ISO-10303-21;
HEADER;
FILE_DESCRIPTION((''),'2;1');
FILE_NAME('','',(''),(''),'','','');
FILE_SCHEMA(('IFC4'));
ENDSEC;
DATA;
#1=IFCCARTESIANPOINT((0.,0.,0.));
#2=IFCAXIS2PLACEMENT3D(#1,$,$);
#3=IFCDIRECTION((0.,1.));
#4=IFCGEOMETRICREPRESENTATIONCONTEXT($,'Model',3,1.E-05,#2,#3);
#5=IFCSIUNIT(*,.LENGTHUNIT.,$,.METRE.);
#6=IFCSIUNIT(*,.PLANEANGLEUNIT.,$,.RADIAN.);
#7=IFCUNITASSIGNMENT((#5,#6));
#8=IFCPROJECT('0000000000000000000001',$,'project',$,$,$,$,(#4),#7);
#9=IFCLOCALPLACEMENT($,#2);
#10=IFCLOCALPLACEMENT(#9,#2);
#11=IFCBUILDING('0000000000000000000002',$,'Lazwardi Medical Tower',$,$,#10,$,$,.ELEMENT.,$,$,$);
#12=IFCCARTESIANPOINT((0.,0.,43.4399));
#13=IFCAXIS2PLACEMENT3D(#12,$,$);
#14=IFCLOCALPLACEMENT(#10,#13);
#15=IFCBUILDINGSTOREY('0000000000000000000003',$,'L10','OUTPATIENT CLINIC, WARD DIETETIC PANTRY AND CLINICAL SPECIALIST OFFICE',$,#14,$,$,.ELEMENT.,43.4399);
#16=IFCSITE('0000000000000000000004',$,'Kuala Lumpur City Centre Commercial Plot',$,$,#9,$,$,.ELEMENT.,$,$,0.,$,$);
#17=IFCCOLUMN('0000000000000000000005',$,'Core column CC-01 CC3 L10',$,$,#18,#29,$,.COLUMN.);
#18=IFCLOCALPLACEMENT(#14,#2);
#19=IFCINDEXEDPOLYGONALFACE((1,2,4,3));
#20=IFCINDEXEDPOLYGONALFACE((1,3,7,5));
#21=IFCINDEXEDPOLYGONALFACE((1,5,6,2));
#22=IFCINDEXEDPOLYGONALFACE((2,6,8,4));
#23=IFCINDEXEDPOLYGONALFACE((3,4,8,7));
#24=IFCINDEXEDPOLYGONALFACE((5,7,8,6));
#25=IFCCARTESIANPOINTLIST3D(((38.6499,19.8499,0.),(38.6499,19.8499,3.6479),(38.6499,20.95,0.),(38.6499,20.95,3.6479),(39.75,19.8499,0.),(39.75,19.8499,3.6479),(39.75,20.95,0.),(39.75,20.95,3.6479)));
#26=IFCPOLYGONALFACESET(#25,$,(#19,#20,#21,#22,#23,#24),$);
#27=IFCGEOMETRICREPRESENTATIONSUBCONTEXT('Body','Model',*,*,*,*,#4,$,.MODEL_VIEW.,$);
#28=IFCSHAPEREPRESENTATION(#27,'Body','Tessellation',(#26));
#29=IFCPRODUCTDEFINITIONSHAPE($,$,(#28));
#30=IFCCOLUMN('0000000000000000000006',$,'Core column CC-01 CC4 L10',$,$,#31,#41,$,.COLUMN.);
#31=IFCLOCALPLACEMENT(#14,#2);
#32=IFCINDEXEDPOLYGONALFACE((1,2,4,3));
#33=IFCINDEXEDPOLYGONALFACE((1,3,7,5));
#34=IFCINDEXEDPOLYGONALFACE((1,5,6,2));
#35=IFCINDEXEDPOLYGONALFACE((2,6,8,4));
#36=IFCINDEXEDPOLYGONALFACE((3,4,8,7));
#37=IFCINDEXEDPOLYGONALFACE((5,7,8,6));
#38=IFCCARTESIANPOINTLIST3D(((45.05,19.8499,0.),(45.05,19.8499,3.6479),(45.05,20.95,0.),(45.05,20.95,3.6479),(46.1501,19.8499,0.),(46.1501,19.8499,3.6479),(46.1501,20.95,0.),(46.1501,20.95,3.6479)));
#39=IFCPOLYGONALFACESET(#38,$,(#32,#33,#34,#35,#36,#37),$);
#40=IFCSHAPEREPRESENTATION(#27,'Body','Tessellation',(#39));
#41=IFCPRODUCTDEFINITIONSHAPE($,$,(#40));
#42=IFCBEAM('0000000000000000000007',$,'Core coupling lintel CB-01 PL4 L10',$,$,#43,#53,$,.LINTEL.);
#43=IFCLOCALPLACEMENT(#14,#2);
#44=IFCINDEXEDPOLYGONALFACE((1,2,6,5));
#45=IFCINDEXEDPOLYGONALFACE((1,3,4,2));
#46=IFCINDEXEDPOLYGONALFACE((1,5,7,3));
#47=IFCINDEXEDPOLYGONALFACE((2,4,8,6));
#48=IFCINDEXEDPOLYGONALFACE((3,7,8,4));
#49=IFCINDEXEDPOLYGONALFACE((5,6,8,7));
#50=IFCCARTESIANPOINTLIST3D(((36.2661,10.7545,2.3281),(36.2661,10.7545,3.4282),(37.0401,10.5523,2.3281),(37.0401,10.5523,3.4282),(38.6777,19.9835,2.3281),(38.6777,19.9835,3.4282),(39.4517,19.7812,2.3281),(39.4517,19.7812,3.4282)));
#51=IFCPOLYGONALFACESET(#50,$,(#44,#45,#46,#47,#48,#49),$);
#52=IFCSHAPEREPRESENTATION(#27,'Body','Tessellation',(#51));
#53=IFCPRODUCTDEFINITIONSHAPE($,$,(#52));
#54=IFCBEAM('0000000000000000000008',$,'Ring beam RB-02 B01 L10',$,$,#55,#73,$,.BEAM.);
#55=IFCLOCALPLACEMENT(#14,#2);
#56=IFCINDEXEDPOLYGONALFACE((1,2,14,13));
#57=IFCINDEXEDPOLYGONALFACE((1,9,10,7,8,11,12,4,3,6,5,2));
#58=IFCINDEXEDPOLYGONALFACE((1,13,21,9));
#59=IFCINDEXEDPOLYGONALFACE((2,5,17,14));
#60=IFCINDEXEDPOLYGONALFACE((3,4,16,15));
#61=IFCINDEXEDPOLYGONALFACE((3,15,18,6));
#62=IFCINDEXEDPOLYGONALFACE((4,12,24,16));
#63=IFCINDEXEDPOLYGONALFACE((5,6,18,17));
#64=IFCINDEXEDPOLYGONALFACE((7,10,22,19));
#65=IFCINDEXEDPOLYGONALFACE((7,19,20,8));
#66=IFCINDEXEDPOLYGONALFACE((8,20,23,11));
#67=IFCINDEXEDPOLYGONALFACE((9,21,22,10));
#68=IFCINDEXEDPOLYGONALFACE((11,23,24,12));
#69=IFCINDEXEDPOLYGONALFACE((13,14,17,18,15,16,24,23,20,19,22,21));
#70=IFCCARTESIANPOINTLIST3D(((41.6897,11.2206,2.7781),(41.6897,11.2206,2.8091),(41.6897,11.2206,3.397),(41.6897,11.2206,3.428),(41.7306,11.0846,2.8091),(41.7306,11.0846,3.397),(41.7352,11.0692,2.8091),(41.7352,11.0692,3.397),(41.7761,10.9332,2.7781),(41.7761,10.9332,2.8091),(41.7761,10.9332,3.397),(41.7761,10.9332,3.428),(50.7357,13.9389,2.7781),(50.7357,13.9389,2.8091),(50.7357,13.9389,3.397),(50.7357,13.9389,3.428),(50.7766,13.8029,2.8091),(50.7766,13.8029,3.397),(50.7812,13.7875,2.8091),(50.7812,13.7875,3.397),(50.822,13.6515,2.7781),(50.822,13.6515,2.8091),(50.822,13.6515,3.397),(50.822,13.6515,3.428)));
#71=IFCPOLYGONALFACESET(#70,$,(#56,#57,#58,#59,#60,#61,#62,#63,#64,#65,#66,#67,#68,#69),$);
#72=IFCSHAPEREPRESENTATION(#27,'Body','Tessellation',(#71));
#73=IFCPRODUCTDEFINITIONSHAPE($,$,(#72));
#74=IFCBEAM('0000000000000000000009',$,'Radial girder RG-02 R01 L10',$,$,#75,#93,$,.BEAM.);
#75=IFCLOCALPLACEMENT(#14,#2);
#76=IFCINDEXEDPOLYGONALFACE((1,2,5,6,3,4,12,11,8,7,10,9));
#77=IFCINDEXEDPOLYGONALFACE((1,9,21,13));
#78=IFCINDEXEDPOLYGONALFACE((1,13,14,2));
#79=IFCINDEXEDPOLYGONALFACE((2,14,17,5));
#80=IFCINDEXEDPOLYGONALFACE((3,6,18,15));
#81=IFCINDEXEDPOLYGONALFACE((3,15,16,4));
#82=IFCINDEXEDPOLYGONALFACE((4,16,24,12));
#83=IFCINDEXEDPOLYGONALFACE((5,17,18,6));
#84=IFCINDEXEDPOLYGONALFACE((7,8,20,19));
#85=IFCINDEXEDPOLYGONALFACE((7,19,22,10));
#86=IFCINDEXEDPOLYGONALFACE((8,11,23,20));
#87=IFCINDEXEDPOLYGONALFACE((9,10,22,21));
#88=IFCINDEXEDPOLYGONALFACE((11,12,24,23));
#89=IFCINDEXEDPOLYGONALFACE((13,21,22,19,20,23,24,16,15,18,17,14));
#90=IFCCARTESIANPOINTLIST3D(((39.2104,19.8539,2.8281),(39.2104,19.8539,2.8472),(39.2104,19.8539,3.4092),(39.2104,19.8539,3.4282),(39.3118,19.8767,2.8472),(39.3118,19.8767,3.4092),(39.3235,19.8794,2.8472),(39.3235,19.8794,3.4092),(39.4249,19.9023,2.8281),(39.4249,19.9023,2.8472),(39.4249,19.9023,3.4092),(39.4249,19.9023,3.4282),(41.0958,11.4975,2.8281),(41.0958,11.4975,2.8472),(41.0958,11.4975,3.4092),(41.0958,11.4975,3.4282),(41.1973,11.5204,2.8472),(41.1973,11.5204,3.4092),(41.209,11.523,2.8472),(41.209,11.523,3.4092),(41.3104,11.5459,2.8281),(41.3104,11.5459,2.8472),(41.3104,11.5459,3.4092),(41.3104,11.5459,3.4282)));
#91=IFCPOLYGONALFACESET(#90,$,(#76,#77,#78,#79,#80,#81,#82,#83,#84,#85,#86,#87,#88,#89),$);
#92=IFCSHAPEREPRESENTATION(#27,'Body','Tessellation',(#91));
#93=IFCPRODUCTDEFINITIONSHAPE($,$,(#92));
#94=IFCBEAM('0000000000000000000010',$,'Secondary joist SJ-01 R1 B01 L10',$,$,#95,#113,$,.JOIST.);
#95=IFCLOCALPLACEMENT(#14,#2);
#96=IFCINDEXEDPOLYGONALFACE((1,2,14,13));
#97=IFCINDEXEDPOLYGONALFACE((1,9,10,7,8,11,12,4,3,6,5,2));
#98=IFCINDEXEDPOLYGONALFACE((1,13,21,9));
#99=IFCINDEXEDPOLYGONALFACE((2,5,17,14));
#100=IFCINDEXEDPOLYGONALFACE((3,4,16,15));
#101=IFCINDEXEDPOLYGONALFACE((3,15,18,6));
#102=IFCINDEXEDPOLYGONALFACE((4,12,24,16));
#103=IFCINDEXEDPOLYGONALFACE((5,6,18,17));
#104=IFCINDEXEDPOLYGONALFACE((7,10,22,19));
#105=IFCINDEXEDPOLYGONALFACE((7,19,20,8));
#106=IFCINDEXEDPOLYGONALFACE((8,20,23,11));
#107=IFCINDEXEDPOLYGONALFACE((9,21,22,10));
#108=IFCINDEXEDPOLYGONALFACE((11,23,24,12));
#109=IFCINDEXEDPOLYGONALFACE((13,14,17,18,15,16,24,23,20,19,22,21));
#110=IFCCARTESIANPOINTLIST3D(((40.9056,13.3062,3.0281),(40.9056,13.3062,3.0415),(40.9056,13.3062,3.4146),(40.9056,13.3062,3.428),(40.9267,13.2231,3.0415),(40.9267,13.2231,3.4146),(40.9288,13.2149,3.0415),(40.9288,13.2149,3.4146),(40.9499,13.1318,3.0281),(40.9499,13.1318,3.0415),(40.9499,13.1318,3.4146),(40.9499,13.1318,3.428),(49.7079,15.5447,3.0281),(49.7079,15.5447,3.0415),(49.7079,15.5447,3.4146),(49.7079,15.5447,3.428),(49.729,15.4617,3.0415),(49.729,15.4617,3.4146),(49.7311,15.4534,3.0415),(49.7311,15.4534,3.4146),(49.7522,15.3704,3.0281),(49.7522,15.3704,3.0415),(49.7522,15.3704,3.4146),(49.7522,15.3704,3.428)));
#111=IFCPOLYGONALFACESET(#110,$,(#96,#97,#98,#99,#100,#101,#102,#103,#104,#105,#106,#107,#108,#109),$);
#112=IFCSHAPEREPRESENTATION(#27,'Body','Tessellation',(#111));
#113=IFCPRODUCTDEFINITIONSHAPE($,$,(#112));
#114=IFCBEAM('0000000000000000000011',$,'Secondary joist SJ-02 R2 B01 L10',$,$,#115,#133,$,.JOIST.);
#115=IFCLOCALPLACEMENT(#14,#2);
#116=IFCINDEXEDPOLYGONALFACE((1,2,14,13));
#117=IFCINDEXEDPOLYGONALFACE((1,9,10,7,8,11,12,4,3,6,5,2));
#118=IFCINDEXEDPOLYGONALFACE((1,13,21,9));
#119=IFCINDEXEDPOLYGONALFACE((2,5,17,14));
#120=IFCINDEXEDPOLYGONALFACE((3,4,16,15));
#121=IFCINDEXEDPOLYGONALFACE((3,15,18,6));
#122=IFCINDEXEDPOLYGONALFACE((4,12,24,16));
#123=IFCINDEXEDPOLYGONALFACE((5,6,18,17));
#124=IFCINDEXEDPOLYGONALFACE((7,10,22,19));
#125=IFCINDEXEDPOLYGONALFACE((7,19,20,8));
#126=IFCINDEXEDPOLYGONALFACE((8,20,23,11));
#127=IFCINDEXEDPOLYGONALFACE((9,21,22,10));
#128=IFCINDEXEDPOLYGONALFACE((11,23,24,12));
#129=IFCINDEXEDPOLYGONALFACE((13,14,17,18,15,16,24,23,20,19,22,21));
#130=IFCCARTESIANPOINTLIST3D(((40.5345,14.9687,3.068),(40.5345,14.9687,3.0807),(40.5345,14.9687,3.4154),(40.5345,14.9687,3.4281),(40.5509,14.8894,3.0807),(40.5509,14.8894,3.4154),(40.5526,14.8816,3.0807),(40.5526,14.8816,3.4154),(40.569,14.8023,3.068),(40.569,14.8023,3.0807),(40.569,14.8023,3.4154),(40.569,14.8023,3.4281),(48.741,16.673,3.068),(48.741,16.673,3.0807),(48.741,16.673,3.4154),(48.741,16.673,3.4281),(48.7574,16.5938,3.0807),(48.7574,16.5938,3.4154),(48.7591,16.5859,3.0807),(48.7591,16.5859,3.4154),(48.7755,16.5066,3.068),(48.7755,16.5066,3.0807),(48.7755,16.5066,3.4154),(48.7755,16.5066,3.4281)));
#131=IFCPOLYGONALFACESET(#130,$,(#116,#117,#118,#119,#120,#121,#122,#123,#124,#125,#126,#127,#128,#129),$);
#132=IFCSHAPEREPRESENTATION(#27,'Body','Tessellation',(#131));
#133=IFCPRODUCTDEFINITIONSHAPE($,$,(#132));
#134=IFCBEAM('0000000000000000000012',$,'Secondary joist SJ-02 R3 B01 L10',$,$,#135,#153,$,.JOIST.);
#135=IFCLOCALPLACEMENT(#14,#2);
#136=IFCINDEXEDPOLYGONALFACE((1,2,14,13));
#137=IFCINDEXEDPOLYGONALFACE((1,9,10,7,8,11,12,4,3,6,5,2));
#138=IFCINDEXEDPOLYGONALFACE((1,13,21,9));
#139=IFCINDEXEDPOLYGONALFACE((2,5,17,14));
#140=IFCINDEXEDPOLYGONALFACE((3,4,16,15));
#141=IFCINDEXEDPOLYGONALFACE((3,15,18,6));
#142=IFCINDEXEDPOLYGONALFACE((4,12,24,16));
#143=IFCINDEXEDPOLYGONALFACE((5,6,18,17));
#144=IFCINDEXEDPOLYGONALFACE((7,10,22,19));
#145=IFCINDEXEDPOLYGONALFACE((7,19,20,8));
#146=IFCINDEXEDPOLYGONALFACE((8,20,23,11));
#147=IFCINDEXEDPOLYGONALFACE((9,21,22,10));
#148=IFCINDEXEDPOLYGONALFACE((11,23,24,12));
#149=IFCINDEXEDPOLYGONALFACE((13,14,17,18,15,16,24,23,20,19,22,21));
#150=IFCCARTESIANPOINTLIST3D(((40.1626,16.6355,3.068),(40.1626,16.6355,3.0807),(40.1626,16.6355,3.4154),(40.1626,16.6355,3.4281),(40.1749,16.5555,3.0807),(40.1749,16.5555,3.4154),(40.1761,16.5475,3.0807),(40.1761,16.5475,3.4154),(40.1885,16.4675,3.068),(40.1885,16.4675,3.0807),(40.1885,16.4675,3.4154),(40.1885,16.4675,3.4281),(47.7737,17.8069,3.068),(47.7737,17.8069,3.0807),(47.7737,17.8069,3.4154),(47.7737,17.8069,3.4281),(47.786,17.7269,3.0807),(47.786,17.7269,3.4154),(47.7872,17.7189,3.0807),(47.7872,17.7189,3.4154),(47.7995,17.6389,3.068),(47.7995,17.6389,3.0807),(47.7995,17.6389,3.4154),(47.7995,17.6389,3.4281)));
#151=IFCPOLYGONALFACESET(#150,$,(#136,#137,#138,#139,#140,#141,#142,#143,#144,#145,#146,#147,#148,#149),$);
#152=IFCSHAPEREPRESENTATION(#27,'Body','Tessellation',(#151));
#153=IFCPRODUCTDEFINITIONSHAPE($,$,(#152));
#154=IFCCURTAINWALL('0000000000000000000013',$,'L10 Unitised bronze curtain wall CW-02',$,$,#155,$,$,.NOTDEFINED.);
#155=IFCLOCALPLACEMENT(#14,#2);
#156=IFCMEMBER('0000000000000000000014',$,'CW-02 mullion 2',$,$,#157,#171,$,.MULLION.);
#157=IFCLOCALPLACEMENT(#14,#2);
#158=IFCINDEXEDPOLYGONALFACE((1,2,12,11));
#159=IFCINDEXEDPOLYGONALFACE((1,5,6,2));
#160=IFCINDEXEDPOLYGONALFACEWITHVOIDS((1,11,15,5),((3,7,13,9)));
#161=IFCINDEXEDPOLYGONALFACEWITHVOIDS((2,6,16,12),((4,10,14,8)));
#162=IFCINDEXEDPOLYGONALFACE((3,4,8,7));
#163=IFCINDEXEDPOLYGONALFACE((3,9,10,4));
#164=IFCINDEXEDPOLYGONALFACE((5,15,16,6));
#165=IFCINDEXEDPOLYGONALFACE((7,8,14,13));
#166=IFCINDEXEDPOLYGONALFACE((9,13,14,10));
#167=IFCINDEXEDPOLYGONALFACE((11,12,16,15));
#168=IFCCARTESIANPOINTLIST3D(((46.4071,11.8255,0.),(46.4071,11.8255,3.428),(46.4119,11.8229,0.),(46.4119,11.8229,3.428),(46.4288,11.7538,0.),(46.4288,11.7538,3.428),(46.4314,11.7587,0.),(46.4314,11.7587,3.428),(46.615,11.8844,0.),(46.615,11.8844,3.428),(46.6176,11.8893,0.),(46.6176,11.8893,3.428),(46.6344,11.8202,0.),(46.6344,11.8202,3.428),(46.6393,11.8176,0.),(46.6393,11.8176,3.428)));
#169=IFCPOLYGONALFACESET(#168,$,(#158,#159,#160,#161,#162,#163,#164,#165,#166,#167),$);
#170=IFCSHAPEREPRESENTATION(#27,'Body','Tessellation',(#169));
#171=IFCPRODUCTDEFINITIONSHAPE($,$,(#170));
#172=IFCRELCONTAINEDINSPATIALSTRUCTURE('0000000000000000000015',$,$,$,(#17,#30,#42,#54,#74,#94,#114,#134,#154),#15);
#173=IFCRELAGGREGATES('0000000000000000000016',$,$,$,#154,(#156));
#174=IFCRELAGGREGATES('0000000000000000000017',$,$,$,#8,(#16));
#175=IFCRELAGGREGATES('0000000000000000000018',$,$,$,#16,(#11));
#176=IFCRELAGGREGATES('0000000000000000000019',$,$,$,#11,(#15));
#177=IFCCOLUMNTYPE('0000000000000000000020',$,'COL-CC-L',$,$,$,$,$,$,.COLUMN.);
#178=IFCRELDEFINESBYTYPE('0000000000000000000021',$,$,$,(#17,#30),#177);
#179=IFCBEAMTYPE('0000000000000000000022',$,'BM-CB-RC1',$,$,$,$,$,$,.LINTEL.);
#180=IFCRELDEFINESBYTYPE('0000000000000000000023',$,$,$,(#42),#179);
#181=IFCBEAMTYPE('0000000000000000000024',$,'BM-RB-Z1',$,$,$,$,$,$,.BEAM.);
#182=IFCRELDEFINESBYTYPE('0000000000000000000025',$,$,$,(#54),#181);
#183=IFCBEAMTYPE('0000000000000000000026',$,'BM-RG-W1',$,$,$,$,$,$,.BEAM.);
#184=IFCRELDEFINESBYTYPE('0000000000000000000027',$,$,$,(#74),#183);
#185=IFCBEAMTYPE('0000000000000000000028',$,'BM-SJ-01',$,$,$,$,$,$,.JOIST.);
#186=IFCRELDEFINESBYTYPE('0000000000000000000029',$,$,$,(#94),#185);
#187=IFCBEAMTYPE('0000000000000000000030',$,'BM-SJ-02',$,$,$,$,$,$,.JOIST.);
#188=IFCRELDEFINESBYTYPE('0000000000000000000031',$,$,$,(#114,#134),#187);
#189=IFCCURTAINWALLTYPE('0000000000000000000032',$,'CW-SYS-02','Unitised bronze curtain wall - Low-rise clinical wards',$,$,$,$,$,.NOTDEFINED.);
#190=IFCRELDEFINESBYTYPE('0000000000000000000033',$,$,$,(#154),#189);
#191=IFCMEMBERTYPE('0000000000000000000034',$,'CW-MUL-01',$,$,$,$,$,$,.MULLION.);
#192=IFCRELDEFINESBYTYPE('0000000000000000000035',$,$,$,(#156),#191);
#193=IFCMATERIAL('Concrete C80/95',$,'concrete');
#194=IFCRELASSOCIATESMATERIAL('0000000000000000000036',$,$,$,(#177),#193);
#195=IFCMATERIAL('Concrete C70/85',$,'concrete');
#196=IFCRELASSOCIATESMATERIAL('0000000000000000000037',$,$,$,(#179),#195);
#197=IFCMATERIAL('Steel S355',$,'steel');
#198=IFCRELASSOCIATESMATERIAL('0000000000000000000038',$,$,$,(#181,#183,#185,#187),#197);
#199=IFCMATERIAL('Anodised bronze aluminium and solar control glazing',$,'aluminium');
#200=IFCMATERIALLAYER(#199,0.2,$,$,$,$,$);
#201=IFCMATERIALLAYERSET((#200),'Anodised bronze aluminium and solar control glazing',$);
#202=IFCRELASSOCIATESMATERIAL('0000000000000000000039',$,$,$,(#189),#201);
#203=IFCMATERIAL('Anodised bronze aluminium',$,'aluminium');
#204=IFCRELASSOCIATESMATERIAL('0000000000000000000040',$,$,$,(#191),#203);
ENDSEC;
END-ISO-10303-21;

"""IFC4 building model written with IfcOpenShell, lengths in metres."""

from ifc_helpers import new_model, si_unit, direction, frame, origin, origin_2d, place, context, subcontext, project, spatial, rectangle, hollow_rectangle, i_section, extrude, material, layer, layer_set, material_profile, profile_set, type_object, element, aggregate, save


model = new_model("IFC4")

# Units and contexts
model_context = context("Model", 3, precision=1e-05, world=origin(), true_north=direction((0.0, 1.0)))
body_context = subcontext(model_context, "Body", "Model", "MODEL_VIEW")
ifc_project = project(units=[si_unit("LENGTHUNIT", "METRE"), si_unit("PLANEANGLEUNIT", "RADIAN")], contexts=[model_context])

# Site, building, storey
site_placement = place(None, origin())
site = spatial("IfcSite", under=ifc_project, at=site_placement, Name="Kuala Lumpur City Centre Commercial Plot", CompositionType="ELEMENT", RefElevation=0.0)
building_placement = place(site_placement, origin())
building = spatial("IfcBuilding", under=site, at=building_placement, Name="Lazwardi Medical Tower", CompositionType="ELEMENT")
storey_placement = place(building_placement, frame((0.0, 0.0, 43.4399)))
storey = spatial("IfcBuildingStorey", under=building, at=storey_placement, Name="L10", Description="OUTPATIENT CLINIC, WARD DIETETIC PANTRY AND CLINICAL SPECIALIST OFFICE", CompositionType="ELEMENT", Elevation=43.4399)

# Columns
ifc_material_1 = material(Name="Concrete C80/95", Category="concrete")
ifc_material_profile_1 = material_profile(ifc_material_1, rectangle(XDim=1.1001, YDim=1.1001, at=origin_2d()), Name="RC 1100x1100")
ifc_profile_set_1 = profile_set([ifc_material_profile_1], Name="Concrete C80/95")
column_type = type_object("IfcColumnType", Name="COL-CC-L", PredefinedType="COLUMN", material=ifc_profile_set_1)
for number, where, z_axis, x_axis, name in (
    (1, (39.2, 20.3999, 0.0), (0.0, 0.0, 1.0), (1.0, 0.0, 0.0), "Core column CC-01 CC3 L10"),
    (2, (45.6001, 20.3999, 0.0), (0.0, 0.0, 1.0), (1.0, 0.0, 0.0), "Core column CC-01 CC4 L10"),
):
    element("IfcColumn", number, at=place(storey_placement, frame(where, z_axis=z_axis, x_axis=x_axis)), inside=storey, type_object=column_type, Name=name, PredefinedType="COLUMN", context=body_context, shape_type="SweptSolid", body=[
        extrude(rectangle(XDim=1.1001, YDim=1.1001, at=origin_2d()), origin(), (0.0, 0.0, 1.0), 3.6479),
    ])

# Beams
ifc_material_2 = material(Name="Concrete C70/85", Category="concrete")
ifc_material_profile_2 = material_profile(ifc_material_2, rectangle(XDim=0.8, YDim=1.1001, at=origin_2d()), Name="RC 800x1100")
ifc_profile_set_2 = profile_set([ifc_material_profile_2], Name="Concrete C70/85")
beam_type_1 = type_object("IfcBeamType", Name="BM-CB-RC1", PredefinedType="LINTEL", material=ifc_profile_set_2)
beam_1_placement = place(storey_placement, frame((39.0647, 19.8823, 2.8782), z_axis=(-0.25282, -0.967513, 0.0), x_axis=(0.967513, -0.25282, 0.0)))
element("IfcBeam", 3, at=beam_1_placement, inside=storey, type_object=beam_type_1, Name="Core coupling lintel CB-01 PL4 L10", PredefinedType="LINTEL", context=body_context, shape_type="SweptSolid", body=[
    extrude(rectangle(XDim=0.8, YDim=1.1001, at=origin_2d()), origin(), (0.0, 0.0, 1.0), 9.5388),
])
ifc_material_3 = material(Name="Steel S355", Category="steel")
ifc_material_profile_3 = material_profile(ifc_material_3, i_section(OverallWidth=0.3, OverallDepth=0.6499, WebThickness=0.0161, FlangeThickness=0.031, at=origin_2d()), Name="HEB 650")
ifc_profile_set_3 = profile_set([ifc_material_profile_3], Name="Steel S355")
beam_type_2 = type_object("IfcBeamType", Name="BM-RB-Z1", PredefinedType="BEAM", material=ifc_profile_set_3)
beam_2_placement = place(storey_placement, frame((41.7329, 11.0769, 3.103), z_axis=(0.957695, 0.287784, 0.0), x_axis=(-0.287784, 0.957695, 0.0)))
element("IfcBeam", 4, at=beam_2_placement, inside=storey, type_object=beam_type_2, Name="Ring beam RB-02 B01 L10", PredefinedType="BEAM", context=body_context, shape_type="SweptSolid", body=[
    extrude(i_section(OverallWidth=0.3, OverallDepth=0.6499, WebThickness=0.0161, FlangeThickness=0.031, at=origin_2d()), origin(), (0.0, 0.0, 1.0), 9.4456),
])
ifc_material_profile_4 = material_profile(ifc_material_3, i_section(OverallWidth=0.22, OverallDepth=0.6001, WebThickness=0.012, FlangeThickness=0.019, at=origin_2d()), Name="IPE 600")
ifc_profile_set_4 = profile_set([ifc_material_profile_4], Name="Steel S355")
beam_type_3 = type_object("IfcBeamType", Name="BM-RG-W1", PredefinedType="BEAM", material=ifc_profile_set_4)
beam_3_placement = place(storey_placement, frame((41.2031, 11.5217, 3.1282), z_axis=(-0.220101, 0.975477, 0.0), x_axis=(-0.975477, -0.220101, 0.0)))
element("IfcBeam", 5, at=beam_3_placement, inside=storey, type_object=beam_type_3, Name="Radial girder RG-02 R01 L10", PredefinedType="BEAM", context=body_context, shape_type="SweptSolid", body=[
    extrude(i_section(OverallWidth=0.22, OverallDepth=0.6001, WebThickness=0.012, FlangeThickness=0.019, at=origin_2d()), origin(), (0.0, 0.0, 1.0), 8.5664),
])
ifc_material_profile_5 = material_profile(ifc_material_3, i_section(OverallWidth=0.1799, OverallDepth=0.3999, WebThickness=0.0085, FlangeThickness=0.0134, at=origin_2d()), Name="IPE 400")
ifc_profile_set_5 = profile_set([ifc_material_profile_5], Name="Steel S355")
beam_type_4 = type_object("IfcBeamType", Name="BM-SJ-01", PredefinedType="JOIST", material=ifc_profile_set_5)
beam_4_placement = place(storey_placement, frame((40.9277, 13.219, 3.228), z_axis=(0.969151, 0.246468, 0.0), x_axis=(-0.246468, 0.969151, 0.0)))
element("IfcBeam", 6, at=beam_4_placement, inside=storey, type_object=beam_type_4, Name="Secondary joist SJ-01 R1 B01 L10", PredefinedType="JOIST", context=body_context, shape_type="SweptSolid", body=[
    extrude(i_section(OverallWidth=0.1799, OverallDepth=0.3999, WebThickness=0.0085, FlangeThickness=0.0134, at=origin_2d()), origin(), (0.0, 0.0, 1.0), 9.0825),
])
ifc_material_profile_6 = material_profile(ifc_material_3, i_section(OverallWidth=0.1699, OverallDepth=0.3601, WebThickness=0.0081, FlangeThickness=0.0127, at=origin_2d()), Name="IPE 360")
ifc_profile_set_6 = profile_set([ifc_material_profile_6], Name="Steel S355")
beam_type_5 = type_object("IfcBeamType", Name="BM-SJ-02", PredefinedType="JOIST", material=ifc_profile_set_6)
beam_5_placement = place(storey_placement, frame((40.5518, 14.8855, 3.248), z_axis=(0.979108, 0.203342, 0.0), x_axis=(-0.203342, 0.979108, 0.0)))
element("IfcBeam", 7, at=beam_5_placement, inside=storey, type_object=beam_type_5, Name="Secondary joist SJ-02 R2 B01 L10", PredefinedType="JOIST", context=body_context, shape_type="SweptSolid", body=[
    extrude(i_section(OverallWidth=0.1699, OverallDepth=0.3601, WebThickness=0.0081, FlangeThickness=0.0127, at=origin_2d()), origin(), (0.0, 0.0, 1.0), 8.3816),
])
beam_6_placement = place(storey_placement, frame((40.1755, 16.5515, 3.248), z_axis=(0.988363, 0.152114, 0.0), x_axis=(-0.152114, 0.988363, 0.0)))
element("IfcBeam", 8, at=beam_6_placement, inside=storey, type_object=beam_type_5, Name="Secondary joist SJ-02 R3 B01 L10", PredefinedType="JOIST", context=body_context, shape_type="SweptSolid", body=[
    extrude(i_section(OverallWidth=0.1699, OverallDepth=0.3601, WebThickness=0.0081, FlangeThickness=0.0127, at=origin_2d()), origin(), (0.0, 0.0, 1.0), 7.7007),
])

# Curtain wall, member
ifc_material_4 = material(Name="Anodised bronze aluminium and solar control glazing", Category="aluminium")
ifc_layer_1 = layer(ifc_material_4, 0.2)
ifc_layer_set_1 = layer_set([ifc_layer_1], Name="Anodised bronze aluminium and solar control glazing")
curtain_wall_type = type_object("IfcCurtainWallType", Name="CW-SYS-02", Description="Unitised bronze curtain wall - Low-rise clinical wards", PredefinedType="NOTDEFINED", material=ifc_layer_set_1)
curtain_wall_placement = place(storey_placement, origin())
curtain_wall = element("IfcCurtainWall", 9, at=curtain_wall_placement, inside=storey, type_object=curtain_wall_type, Name="L10 Unitised bronze curtain wall CW-02", PredefinedType="NOTDEFINED")
ifc_material_5 = material(Name="Anodised bronze aluminium", Category="aluminium")
ifc_material_profile_7 = material_profile(ifc_material_5, hollow_rectangle(XDim=0.075, YDim=0.22, WallThickness=0.0039, at=origin_2d()), Name="ALU-MULLION 220x75x4")
ifc_profile_set_7 = profile_set([ifc_material_profile_7], Name="Anodised bronze aluminium")
member_type_1 = type_object("IfcMemberType", Name="CW-MUL-01", PredefinedType="MULLION", material=ifc_profile_set_7)
member_1_placement = place(storey_placement, frame((46.5232, 11.8215, 0.0), z_axis=(0.0, 0.0, 1.0), x_axis=(-0.289896, 0.957058, 0.0)))
member_1 = element("IfcMember", 10, at=member_1_placement, type_object=member_type_1, Name="CW-02 mullion 2", PredefinedType="MULLION", context=body_context, shape_type="SweptSolid", body=[
    extrude(hollow_rectangle(XDim=0.075, YDim=0.22, WallThickness=0.0039, at=origin_2d()), origin(), (0.0, 0.0, 1.0), 3.428),
])
aggregate(curtain_wall, [member_1])

save(model, "model.ifc")
